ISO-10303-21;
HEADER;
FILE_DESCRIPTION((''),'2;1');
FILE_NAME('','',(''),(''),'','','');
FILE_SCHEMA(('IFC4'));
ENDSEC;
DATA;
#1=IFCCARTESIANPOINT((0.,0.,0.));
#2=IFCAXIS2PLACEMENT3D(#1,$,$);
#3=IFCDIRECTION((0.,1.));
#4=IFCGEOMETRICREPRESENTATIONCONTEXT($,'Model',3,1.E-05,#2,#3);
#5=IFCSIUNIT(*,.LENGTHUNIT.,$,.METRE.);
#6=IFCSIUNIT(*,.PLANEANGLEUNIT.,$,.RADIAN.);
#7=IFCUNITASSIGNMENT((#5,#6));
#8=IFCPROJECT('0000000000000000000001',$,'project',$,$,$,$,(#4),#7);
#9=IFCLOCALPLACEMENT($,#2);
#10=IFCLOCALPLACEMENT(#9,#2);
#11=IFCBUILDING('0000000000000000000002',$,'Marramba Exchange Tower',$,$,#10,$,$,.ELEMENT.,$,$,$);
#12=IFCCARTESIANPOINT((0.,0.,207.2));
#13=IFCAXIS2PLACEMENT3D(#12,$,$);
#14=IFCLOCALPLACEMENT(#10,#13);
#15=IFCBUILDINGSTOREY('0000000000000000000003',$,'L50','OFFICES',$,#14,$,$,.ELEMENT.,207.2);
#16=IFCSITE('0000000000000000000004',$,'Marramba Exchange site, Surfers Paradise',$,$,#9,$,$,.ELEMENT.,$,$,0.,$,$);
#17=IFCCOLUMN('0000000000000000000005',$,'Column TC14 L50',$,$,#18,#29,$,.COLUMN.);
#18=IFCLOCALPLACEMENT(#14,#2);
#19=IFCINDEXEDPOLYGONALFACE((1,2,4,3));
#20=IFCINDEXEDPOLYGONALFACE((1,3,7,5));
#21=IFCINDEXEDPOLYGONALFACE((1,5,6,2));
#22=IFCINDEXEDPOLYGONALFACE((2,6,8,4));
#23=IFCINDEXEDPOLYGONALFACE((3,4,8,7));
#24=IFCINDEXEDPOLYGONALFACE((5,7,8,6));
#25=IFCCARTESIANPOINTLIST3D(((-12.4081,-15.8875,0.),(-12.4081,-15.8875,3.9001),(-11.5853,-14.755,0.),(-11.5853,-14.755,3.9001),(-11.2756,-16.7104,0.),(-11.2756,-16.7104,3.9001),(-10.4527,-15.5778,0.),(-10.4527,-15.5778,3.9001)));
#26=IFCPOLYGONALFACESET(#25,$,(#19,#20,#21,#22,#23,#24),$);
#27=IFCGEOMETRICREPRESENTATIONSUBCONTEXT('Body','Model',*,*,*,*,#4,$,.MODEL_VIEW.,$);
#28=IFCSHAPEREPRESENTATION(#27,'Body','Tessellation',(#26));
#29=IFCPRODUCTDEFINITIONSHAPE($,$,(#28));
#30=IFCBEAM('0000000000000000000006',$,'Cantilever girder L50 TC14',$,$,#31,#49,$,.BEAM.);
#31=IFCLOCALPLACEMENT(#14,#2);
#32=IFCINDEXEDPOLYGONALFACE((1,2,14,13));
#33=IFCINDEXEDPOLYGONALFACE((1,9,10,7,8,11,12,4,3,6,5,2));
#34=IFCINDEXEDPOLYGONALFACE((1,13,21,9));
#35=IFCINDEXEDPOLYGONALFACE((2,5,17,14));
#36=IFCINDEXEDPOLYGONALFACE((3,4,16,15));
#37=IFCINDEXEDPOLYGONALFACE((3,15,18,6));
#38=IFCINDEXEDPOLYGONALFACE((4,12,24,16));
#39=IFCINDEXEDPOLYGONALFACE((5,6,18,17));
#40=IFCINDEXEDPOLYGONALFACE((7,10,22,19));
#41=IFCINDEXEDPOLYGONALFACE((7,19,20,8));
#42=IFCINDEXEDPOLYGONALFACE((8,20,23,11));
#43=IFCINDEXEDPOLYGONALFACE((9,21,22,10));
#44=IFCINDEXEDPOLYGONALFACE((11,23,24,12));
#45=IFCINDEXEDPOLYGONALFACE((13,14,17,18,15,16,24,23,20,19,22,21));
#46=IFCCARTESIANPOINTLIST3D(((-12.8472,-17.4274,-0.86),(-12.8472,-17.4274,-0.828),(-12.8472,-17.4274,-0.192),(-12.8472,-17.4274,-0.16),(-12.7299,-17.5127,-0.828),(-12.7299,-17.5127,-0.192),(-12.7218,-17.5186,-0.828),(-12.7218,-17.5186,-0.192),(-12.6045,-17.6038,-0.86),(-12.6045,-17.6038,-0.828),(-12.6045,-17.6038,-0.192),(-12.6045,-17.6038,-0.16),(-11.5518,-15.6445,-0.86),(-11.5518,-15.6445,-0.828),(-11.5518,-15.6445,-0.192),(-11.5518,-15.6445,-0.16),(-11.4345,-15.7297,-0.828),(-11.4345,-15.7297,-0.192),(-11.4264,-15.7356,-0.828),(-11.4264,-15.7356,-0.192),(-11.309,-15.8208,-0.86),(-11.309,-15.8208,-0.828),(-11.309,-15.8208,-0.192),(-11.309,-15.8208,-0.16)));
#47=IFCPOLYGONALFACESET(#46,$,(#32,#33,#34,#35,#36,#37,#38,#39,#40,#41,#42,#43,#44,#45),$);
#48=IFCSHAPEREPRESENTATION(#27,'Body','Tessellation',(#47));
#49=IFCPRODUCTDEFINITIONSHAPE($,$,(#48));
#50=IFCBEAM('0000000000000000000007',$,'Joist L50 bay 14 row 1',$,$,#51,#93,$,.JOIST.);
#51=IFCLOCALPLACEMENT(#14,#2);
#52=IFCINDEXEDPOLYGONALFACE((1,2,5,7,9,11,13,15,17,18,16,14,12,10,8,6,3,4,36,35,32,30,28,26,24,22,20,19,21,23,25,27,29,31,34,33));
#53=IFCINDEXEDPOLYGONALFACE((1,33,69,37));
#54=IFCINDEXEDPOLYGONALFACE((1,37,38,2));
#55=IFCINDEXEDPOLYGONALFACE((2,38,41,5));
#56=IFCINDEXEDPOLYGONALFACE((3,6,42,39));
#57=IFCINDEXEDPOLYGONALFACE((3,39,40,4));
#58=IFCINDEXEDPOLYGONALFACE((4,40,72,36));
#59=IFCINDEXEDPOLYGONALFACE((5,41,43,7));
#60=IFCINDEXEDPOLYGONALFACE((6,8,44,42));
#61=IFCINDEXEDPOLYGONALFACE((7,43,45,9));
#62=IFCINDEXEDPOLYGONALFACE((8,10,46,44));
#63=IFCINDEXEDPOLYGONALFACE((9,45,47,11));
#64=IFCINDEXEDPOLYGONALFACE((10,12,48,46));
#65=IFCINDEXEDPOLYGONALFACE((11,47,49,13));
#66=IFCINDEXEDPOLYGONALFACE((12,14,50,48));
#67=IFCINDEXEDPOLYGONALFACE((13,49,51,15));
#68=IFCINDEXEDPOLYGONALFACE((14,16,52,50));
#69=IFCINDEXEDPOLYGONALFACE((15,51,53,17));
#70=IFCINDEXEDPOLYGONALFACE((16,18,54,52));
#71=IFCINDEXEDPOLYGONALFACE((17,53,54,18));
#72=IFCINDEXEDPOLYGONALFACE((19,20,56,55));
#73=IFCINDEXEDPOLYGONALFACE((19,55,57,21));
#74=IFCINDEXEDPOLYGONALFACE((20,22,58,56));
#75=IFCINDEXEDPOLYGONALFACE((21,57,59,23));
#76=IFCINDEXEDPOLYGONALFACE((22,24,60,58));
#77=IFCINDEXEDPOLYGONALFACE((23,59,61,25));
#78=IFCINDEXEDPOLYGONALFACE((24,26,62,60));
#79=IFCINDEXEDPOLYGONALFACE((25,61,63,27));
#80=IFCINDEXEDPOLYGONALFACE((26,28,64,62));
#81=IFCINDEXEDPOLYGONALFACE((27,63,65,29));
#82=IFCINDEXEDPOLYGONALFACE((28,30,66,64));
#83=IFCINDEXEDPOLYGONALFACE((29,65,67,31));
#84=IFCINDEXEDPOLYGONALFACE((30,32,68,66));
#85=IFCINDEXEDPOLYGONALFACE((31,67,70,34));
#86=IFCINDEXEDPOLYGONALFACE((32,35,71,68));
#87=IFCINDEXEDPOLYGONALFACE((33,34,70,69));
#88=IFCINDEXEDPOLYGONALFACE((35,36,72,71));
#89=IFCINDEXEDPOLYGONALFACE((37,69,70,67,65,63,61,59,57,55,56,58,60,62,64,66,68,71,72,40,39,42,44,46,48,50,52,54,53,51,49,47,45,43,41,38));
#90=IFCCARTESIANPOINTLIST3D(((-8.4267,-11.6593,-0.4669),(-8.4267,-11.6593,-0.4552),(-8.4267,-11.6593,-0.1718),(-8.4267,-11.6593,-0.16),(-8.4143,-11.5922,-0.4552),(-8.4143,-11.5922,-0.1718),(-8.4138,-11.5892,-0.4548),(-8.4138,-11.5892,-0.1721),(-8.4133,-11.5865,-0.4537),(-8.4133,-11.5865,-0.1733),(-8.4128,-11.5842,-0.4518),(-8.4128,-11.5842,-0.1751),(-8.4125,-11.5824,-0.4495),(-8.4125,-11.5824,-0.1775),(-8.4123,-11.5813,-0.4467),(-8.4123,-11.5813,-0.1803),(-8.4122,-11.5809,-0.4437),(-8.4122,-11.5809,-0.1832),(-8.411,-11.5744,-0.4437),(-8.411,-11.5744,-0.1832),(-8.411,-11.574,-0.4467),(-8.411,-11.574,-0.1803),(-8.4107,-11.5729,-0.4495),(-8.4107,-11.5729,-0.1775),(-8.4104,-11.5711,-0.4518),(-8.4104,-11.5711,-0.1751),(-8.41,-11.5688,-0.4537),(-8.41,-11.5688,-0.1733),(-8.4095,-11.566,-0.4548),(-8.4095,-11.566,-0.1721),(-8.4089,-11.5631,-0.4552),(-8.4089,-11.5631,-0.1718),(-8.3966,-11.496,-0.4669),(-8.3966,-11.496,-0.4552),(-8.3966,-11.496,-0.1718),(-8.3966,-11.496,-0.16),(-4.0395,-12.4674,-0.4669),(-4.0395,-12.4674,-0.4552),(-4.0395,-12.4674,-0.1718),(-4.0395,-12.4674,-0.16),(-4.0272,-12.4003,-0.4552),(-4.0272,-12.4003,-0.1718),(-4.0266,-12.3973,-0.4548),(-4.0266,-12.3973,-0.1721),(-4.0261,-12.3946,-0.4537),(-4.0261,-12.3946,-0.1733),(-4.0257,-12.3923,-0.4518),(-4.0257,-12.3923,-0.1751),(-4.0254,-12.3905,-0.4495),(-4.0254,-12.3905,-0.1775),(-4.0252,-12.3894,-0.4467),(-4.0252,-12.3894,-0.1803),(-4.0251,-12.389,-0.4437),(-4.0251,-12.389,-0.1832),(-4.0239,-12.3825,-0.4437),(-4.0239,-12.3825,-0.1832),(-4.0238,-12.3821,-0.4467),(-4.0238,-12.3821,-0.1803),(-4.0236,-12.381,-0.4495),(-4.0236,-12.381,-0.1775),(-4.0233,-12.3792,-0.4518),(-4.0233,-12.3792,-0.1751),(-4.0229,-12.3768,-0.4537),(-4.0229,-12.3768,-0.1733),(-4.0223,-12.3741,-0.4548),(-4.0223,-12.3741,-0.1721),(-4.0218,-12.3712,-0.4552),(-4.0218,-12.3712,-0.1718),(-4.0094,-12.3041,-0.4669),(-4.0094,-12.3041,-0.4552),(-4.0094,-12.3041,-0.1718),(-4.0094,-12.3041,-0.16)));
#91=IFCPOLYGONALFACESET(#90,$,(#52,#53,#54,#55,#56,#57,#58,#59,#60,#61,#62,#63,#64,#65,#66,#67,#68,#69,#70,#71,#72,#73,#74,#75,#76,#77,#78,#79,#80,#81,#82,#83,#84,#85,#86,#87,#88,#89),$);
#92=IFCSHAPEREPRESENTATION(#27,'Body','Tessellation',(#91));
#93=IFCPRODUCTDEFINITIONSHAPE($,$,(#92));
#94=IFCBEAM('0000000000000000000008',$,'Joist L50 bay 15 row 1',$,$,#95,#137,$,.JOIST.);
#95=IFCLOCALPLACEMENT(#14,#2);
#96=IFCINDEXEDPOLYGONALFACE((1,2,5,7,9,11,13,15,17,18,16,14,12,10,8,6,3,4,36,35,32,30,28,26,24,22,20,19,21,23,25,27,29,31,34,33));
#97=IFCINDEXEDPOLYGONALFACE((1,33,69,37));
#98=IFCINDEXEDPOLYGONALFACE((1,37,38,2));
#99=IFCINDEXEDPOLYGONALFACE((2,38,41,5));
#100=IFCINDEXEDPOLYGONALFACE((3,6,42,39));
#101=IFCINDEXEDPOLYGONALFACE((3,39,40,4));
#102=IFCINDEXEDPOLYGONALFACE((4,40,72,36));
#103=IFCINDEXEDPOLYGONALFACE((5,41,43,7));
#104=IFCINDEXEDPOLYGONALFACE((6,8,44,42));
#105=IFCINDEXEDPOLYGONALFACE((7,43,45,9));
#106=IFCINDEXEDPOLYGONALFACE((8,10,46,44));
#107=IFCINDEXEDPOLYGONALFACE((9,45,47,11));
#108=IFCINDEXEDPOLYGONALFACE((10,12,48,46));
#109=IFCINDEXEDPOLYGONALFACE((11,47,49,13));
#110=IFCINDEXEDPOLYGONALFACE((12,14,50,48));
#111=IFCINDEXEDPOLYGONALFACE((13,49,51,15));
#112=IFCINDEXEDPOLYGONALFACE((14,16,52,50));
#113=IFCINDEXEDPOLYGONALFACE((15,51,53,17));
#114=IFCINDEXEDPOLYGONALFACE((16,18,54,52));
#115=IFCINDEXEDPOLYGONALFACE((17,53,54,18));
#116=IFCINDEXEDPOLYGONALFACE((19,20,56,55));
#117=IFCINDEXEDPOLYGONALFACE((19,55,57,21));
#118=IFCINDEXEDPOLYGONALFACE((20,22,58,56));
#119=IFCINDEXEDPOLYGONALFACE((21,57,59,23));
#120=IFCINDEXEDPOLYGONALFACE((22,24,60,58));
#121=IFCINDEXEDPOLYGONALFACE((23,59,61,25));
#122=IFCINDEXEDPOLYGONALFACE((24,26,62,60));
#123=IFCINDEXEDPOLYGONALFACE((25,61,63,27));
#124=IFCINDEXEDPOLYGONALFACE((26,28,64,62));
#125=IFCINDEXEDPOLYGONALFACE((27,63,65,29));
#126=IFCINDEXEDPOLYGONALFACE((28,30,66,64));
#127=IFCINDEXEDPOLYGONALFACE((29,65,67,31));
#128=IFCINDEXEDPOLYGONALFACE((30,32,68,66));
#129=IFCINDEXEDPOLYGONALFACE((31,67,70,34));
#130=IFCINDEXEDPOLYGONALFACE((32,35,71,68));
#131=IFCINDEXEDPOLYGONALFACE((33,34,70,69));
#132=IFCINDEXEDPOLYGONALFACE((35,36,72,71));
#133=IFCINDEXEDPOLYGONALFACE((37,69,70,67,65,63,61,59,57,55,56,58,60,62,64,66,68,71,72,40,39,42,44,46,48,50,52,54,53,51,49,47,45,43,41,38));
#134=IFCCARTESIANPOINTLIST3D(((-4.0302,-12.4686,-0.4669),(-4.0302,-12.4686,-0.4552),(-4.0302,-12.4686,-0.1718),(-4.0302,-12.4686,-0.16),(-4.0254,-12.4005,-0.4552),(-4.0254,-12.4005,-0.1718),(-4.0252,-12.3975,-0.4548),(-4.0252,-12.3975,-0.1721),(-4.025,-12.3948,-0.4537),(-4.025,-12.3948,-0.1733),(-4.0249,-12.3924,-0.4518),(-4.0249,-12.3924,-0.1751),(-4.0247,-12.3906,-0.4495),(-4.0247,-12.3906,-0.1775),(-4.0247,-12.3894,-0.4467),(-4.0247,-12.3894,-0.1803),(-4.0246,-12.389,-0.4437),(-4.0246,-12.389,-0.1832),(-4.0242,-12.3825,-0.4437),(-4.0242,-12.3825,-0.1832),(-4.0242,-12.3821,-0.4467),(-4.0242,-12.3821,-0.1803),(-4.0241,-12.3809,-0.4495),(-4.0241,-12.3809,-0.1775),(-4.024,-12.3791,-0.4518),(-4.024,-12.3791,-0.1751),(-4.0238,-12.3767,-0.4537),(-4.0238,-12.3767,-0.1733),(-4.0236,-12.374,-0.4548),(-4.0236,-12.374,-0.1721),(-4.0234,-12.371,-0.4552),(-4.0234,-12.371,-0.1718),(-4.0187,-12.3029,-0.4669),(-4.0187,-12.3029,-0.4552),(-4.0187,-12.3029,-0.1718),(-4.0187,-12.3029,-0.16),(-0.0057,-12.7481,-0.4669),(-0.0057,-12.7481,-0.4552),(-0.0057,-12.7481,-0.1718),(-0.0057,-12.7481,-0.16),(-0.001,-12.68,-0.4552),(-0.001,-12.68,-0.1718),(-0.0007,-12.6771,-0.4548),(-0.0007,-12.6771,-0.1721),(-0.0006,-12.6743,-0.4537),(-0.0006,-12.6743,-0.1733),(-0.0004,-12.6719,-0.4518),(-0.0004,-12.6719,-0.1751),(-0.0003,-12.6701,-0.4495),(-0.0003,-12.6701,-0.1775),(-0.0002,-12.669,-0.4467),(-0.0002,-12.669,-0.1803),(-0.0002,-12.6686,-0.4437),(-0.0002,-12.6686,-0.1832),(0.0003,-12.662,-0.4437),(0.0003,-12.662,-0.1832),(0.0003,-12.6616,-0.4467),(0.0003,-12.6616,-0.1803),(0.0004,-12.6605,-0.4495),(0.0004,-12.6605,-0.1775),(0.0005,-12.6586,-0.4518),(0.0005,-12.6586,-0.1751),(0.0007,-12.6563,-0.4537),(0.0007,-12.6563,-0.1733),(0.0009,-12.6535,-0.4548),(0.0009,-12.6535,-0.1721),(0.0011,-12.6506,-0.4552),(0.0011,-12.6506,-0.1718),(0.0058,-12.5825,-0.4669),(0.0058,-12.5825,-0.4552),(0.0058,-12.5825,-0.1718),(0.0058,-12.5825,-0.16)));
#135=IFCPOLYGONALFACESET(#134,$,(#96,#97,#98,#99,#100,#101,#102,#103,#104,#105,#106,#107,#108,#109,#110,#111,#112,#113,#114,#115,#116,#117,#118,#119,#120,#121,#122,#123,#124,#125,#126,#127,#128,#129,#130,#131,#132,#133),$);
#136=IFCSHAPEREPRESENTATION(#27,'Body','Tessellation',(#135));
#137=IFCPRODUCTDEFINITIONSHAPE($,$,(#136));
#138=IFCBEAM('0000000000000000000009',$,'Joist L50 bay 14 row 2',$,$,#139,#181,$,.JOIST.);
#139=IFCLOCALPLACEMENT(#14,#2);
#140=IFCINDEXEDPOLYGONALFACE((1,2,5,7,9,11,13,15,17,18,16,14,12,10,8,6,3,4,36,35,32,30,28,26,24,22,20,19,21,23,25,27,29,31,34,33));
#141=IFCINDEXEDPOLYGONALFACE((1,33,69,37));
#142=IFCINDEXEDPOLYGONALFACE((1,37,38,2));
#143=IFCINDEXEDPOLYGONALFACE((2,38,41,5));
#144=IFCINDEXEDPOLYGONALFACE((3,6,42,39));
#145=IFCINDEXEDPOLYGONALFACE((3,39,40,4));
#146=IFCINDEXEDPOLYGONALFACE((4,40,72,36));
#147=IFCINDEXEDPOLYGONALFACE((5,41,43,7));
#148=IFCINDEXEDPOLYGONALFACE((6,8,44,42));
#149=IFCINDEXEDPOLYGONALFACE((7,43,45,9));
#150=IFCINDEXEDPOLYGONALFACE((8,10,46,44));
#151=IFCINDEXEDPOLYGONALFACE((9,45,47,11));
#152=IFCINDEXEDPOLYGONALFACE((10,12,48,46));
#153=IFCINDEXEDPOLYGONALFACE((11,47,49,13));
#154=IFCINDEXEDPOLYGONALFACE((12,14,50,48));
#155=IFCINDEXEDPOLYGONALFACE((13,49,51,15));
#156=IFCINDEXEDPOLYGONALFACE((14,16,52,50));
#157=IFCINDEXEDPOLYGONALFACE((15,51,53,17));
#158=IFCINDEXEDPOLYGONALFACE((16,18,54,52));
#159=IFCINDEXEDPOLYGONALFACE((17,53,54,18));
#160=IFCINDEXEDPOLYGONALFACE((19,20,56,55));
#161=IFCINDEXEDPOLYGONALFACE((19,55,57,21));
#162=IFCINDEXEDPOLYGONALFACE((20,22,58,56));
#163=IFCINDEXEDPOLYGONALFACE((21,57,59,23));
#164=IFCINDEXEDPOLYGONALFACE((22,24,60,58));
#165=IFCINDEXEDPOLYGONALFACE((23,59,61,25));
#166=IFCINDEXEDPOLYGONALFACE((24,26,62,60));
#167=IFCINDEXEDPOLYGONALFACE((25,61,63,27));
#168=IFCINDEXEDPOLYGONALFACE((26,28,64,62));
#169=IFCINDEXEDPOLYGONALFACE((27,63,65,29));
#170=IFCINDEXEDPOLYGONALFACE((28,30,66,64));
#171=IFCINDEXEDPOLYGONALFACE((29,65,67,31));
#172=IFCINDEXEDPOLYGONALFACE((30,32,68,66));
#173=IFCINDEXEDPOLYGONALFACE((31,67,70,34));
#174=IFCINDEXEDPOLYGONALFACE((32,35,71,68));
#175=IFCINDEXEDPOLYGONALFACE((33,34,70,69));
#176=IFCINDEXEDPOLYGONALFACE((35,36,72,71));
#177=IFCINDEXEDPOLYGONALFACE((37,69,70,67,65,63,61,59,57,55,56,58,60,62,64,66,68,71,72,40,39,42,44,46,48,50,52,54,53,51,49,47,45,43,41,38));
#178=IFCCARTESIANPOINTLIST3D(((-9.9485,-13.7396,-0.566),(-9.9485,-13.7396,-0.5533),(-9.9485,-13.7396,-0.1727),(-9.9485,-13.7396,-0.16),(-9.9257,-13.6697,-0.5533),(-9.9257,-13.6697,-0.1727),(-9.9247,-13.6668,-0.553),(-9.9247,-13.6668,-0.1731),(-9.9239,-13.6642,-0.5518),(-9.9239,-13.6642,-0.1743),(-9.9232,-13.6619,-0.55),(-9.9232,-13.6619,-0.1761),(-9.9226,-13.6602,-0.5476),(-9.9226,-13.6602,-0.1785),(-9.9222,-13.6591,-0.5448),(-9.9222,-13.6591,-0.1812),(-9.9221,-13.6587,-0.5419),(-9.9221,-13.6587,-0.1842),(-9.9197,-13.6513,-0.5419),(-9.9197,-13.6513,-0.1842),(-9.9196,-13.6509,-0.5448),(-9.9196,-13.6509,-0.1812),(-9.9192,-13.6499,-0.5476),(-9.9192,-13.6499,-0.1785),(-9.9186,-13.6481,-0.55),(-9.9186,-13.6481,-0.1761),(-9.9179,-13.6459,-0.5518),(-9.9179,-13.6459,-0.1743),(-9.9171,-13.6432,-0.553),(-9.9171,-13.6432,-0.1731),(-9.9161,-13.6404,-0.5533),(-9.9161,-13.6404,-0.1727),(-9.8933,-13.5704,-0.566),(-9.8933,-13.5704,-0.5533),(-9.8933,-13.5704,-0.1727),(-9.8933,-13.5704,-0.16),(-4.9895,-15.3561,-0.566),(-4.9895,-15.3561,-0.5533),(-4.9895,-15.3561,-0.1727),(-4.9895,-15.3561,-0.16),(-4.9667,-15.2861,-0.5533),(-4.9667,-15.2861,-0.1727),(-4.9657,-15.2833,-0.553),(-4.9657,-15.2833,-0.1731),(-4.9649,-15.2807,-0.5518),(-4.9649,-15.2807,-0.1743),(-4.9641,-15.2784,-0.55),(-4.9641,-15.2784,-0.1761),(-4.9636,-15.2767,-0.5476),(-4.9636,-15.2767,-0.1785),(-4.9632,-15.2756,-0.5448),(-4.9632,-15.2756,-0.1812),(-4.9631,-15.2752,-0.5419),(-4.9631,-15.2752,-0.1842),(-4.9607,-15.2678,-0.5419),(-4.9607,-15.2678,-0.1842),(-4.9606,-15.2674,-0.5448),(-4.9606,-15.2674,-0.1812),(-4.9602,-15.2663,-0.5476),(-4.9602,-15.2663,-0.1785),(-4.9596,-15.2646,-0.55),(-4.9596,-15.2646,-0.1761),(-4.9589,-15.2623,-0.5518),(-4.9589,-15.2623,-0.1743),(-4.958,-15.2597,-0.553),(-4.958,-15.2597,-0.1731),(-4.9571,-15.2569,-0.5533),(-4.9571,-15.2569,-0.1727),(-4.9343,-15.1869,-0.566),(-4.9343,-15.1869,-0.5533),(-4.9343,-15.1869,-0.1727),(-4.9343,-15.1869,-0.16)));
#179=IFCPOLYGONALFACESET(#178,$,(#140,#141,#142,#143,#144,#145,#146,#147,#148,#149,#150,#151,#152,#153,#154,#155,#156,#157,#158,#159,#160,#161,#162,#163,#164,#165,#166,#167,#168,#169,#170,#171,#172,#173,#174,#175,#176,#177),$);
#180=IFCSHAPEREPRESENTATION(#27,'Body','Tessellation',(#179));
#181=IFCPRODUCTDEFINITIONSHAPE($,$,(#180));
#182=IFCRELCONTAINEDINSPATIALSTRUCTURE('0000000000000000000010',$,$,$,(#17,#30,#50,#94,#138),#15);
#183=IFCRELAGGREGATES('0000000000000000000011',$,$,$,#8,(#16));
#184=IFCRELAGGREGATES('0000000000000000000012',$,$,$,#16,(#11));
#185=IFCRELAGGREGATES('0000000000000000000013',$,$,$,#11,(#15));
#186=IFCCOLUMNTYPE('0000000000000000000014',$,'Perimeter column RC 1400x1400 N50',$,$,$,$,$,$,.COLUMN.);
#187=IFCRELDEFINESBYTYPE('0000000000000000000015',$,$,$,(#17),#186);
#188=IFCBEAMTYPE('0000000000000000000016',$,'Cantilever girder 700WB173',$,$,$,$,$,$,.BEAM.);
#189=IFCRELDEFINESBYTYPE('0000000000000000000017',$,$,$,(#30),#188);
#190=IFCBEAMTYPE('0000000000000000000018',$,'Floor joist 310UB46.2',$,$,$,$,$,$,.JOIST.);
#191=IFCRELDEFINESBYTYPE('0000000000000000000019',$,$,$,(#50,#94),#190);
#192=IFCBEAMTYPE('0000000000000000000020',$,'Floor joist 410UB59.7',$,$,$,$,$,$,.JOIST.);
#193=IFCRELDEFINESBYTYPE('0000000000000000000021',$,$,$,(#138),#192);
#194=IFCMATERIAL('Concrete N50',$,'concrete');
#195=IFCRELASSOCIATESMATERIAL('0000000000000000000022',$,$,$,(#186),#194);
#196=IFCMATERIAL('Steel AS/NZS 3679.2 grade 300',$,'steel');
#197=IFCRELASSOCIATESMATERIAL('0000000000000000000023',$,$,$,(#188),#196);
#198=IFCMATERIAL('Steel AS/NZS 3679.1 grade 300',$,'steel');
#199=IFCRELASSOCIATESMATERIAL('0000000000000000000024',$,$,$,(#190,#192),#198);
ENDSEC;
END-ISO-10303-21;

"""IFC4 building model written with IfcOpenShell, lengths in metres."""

from ifc_helpers import new_model, si_unit, direction, frame, origin, origin_2d, place, context, subcontext, project, spatial, rectangle, i_section, extrude, material, material_profile, profile_set, type_object, element, save


model = new_model("IFC4")

# Units and contexts
model_context = context("Model", 3, precision=1e-05, world=origin(), true_north=direction((0.0, 1.0)))
body_context = subcontext(model_context, "Body", "Model", "MODEL_VIEW")
ifc_project = project(units=[si_unit("LENGTHUNIT", "METRE"), si_unit("PLANEANGLEUNIT", "RADIAN")], contexts=[model_context])

# Site, building, storey
site_placement = place(None, origin())
site = spatial("IfcSite", under=ifc_project, at=site_placement, Name="Marramba Exchange site, Surfers Paradise", CompositionType="ELEMENT", RefElevation=0.0)
building_placement = place(site_placement, origin())
building = spatial("IfcBuilding", under=site, at=building_placement, Name="Marramba Exchange Tower", CompositionType="ELEMENT")
storey_placement = place(building_placement, frame((0.0, 0.0, 207.2)))
storey = spatial("IfcBuildingStorey", under=building, at=storey_placement, Name="L50", Description="OFFICES", CompositionType="ELEMENT", Elevation=207.2)

# Column
ifc_material_1 = material(Name="Concrete N50", Category="concrete")
ifc_material_profile_1 = material_profile(ifc_material_1, rectangle(XDim=1.3999, YDim=1.3999, at=origin_2d()), Name="RC 1400x1400")
ifc_profile_set_1 = profile_set([ifc_material_profile_1], Name="Concrete N50")
column_type = type_object("IfcColumnType", Name="Perimeter column RC 1400x1400 N50", PredefinedType="COLUMN", material=ifc_profile_set_1)
column_placement = place(storey_placement, frame((-11.4304, -15.7327, 0.0), z_axis=(0.0, 0.0, 1.0), x_axis=(-0.587785, -0.809017, 0.0)))
element("IfcColumn", 1, at=column_placement, inside=storey, type_object=column_type, Name="Column TC14 L50", PredefinedType="COLUMN", context=body_context, shape_type="SweptSolid", body=[
    extrude(rectangle(XDim=1.3999, YDim=1.3999, at=origin_2d()), origin(), (0.0, 0.0, 1.0), 3.9001),
])

# Beams
ifc_material_2 = material(Name="Steel AS/NZS 3679.2 grade 300", Category="steel")
ifc_material_profile_2 = material_profile(ifc_material_2, i_section(OverallWidth=0.3, OverallDepth=0.7, WebThickness=0.01, FlangeThickness=0.032, at=origin_2d()), Name="700WB173")
ifc_profile_set_2 = profile_set([ifc_material_profile_2], Name="Steel AS/NZS 3679.2 grade 300")
beam_type_1 = type_object("IfcBeamType", Name="Cantilever girder 700WB173", PredefinedType="BEAM", material=ifc_profile_set_2)
beam_1_placement = place(storey_placement, frame((-11.4304, -15.7327, -0.51), z_axis=(-0.58779, -0.809014, 0.0), x_axis=(0.809014, -0.58779, 0.0)))
element("IfcBeam", 2, at=beam_1_placement, inside=storey, type_object=beam_type_1, Name="Cantilever girder L50 TC14", PredefinedType="BEAM", context=body_context, shape_type="SweptSolid", body=[
    extrude(i_section(OverallWidth=0.3, OverallDepth=0.7, WebThickness=0.01, FlangeThickness=0.032, at=origin_2d()), origin(), (0.0, 0.0, 1.0), 2.2039),
])
ifc_material_3 = material(Name="Steel AS/NZS 3679.1 grade 300", Category="steel")
ifc_material_profile_3 = material_profile(ifc_material_3, i_section(OverallWidth=0.166, OverallDepth=0.3069, WebThickness=0.0066, FlangeThickness=0.0117, FilletRadius=0.0115, at=origin_2d()), Name="310UB46.2")
ifc_profile_set_3 = profile_set([ifc_material_profile_3], Name="Steel AS/NZS 3679.1 grade 300")
beam_type_2 = type_object("IfcBeamType", Name="Floor joist 310UB46.2", PredefinedType="JOIST", material=ifc_profile_set_3)
beam_2_placement = place(storey_placement, frame((-8.4116, -11.5776, -0.3135), z_axis=(0.983456, -0.181149, 0.0), x_axis=(0.181149, 0.983456, 0.0)))
element("IfcBeam", 3, at=beam_2_placement, inside=storey, type_object=beam_type_2, Name="Joist L50 bay 14 row 1", PredefinedType="JOIST", context=body_context, shape_type="SweptSolid", body=[
    extrude(i_section(OverallWidth=0.166, OverallDepth=0.3069, WebThickness=0.0066, FlangeThickness=0.0117, FilletRadius=0.0115, at=origin_2d()), origin(), (0.0, 0.0, 1.0), 4.4609),
])
beam_3_placement = place(storey_placement, frame((-4.0244, -12.3857, -0.3135), z_axis=(0.997596, -0.069294, 0.0), x_axis=(0.069294, 0.997596, 0.0)))
element("IfcBeam", 4, at=beam_3_placement, inside=storey, type_object=beam_type_2, Name="Joist L50 bay 15 row 1", PredefinedType="JOIST", context=body_context, shape_type="SweptSolid", body=[
    extrude(i_section(OverallWidth=0.166, OverallDepth=0.3069, WebThickness=0.0066, FlangeThickness=0.0117, FilletRadius=0.0115, at=origin_2d()), origin(), (0.0, 0.0, 1.0), 4.0342),
])
ifc_material_profile_4 = material_profile(ifc_material_3, i_section(OverallWidth=0.178, OverallDepth=0.406, WebThickness=0.0078, FlangeThickness=0.0127, FilletRadius=0.0115, at=origin_2d()), Name="410UB59.7")
ifc_profile_set_4 = profile_set([ifc_material_profile_4], Name="Steel AS/NZS 3679.1 grade 300")
beam_type_3 = type_object("IfcBeamType", Name="Floor joist 410UB59.7", PredefinedType="JOIST", material=ifc_profile_set_4)
beam_4_placement = place(storey_placement, frame((-9.9209, -13.655, -0.363), z_axis=(0.950764, -0.309916, 0.0), x_axis=(0.309916, 0.950764, 0.0)))
element("IfcBeam", 5, at=beam_4_placement, inside=storey, type_object=beam_type_3, Name="Joist L50 bay 14 row 2", PredefinedType="JOIST", context=body_context, shape_type="SweptSolid", body=[
    extrude(i_section(OverallWidth=0.178, OverallDepth=0.406, WebThickness=0.0078, FlangeThickness=0.0127, FilletRadius=0.0115, at=origin_2d()), origin(), (0.0, 0.0, 1.0), 5.2158),
])

save(model, "model.ifc")
